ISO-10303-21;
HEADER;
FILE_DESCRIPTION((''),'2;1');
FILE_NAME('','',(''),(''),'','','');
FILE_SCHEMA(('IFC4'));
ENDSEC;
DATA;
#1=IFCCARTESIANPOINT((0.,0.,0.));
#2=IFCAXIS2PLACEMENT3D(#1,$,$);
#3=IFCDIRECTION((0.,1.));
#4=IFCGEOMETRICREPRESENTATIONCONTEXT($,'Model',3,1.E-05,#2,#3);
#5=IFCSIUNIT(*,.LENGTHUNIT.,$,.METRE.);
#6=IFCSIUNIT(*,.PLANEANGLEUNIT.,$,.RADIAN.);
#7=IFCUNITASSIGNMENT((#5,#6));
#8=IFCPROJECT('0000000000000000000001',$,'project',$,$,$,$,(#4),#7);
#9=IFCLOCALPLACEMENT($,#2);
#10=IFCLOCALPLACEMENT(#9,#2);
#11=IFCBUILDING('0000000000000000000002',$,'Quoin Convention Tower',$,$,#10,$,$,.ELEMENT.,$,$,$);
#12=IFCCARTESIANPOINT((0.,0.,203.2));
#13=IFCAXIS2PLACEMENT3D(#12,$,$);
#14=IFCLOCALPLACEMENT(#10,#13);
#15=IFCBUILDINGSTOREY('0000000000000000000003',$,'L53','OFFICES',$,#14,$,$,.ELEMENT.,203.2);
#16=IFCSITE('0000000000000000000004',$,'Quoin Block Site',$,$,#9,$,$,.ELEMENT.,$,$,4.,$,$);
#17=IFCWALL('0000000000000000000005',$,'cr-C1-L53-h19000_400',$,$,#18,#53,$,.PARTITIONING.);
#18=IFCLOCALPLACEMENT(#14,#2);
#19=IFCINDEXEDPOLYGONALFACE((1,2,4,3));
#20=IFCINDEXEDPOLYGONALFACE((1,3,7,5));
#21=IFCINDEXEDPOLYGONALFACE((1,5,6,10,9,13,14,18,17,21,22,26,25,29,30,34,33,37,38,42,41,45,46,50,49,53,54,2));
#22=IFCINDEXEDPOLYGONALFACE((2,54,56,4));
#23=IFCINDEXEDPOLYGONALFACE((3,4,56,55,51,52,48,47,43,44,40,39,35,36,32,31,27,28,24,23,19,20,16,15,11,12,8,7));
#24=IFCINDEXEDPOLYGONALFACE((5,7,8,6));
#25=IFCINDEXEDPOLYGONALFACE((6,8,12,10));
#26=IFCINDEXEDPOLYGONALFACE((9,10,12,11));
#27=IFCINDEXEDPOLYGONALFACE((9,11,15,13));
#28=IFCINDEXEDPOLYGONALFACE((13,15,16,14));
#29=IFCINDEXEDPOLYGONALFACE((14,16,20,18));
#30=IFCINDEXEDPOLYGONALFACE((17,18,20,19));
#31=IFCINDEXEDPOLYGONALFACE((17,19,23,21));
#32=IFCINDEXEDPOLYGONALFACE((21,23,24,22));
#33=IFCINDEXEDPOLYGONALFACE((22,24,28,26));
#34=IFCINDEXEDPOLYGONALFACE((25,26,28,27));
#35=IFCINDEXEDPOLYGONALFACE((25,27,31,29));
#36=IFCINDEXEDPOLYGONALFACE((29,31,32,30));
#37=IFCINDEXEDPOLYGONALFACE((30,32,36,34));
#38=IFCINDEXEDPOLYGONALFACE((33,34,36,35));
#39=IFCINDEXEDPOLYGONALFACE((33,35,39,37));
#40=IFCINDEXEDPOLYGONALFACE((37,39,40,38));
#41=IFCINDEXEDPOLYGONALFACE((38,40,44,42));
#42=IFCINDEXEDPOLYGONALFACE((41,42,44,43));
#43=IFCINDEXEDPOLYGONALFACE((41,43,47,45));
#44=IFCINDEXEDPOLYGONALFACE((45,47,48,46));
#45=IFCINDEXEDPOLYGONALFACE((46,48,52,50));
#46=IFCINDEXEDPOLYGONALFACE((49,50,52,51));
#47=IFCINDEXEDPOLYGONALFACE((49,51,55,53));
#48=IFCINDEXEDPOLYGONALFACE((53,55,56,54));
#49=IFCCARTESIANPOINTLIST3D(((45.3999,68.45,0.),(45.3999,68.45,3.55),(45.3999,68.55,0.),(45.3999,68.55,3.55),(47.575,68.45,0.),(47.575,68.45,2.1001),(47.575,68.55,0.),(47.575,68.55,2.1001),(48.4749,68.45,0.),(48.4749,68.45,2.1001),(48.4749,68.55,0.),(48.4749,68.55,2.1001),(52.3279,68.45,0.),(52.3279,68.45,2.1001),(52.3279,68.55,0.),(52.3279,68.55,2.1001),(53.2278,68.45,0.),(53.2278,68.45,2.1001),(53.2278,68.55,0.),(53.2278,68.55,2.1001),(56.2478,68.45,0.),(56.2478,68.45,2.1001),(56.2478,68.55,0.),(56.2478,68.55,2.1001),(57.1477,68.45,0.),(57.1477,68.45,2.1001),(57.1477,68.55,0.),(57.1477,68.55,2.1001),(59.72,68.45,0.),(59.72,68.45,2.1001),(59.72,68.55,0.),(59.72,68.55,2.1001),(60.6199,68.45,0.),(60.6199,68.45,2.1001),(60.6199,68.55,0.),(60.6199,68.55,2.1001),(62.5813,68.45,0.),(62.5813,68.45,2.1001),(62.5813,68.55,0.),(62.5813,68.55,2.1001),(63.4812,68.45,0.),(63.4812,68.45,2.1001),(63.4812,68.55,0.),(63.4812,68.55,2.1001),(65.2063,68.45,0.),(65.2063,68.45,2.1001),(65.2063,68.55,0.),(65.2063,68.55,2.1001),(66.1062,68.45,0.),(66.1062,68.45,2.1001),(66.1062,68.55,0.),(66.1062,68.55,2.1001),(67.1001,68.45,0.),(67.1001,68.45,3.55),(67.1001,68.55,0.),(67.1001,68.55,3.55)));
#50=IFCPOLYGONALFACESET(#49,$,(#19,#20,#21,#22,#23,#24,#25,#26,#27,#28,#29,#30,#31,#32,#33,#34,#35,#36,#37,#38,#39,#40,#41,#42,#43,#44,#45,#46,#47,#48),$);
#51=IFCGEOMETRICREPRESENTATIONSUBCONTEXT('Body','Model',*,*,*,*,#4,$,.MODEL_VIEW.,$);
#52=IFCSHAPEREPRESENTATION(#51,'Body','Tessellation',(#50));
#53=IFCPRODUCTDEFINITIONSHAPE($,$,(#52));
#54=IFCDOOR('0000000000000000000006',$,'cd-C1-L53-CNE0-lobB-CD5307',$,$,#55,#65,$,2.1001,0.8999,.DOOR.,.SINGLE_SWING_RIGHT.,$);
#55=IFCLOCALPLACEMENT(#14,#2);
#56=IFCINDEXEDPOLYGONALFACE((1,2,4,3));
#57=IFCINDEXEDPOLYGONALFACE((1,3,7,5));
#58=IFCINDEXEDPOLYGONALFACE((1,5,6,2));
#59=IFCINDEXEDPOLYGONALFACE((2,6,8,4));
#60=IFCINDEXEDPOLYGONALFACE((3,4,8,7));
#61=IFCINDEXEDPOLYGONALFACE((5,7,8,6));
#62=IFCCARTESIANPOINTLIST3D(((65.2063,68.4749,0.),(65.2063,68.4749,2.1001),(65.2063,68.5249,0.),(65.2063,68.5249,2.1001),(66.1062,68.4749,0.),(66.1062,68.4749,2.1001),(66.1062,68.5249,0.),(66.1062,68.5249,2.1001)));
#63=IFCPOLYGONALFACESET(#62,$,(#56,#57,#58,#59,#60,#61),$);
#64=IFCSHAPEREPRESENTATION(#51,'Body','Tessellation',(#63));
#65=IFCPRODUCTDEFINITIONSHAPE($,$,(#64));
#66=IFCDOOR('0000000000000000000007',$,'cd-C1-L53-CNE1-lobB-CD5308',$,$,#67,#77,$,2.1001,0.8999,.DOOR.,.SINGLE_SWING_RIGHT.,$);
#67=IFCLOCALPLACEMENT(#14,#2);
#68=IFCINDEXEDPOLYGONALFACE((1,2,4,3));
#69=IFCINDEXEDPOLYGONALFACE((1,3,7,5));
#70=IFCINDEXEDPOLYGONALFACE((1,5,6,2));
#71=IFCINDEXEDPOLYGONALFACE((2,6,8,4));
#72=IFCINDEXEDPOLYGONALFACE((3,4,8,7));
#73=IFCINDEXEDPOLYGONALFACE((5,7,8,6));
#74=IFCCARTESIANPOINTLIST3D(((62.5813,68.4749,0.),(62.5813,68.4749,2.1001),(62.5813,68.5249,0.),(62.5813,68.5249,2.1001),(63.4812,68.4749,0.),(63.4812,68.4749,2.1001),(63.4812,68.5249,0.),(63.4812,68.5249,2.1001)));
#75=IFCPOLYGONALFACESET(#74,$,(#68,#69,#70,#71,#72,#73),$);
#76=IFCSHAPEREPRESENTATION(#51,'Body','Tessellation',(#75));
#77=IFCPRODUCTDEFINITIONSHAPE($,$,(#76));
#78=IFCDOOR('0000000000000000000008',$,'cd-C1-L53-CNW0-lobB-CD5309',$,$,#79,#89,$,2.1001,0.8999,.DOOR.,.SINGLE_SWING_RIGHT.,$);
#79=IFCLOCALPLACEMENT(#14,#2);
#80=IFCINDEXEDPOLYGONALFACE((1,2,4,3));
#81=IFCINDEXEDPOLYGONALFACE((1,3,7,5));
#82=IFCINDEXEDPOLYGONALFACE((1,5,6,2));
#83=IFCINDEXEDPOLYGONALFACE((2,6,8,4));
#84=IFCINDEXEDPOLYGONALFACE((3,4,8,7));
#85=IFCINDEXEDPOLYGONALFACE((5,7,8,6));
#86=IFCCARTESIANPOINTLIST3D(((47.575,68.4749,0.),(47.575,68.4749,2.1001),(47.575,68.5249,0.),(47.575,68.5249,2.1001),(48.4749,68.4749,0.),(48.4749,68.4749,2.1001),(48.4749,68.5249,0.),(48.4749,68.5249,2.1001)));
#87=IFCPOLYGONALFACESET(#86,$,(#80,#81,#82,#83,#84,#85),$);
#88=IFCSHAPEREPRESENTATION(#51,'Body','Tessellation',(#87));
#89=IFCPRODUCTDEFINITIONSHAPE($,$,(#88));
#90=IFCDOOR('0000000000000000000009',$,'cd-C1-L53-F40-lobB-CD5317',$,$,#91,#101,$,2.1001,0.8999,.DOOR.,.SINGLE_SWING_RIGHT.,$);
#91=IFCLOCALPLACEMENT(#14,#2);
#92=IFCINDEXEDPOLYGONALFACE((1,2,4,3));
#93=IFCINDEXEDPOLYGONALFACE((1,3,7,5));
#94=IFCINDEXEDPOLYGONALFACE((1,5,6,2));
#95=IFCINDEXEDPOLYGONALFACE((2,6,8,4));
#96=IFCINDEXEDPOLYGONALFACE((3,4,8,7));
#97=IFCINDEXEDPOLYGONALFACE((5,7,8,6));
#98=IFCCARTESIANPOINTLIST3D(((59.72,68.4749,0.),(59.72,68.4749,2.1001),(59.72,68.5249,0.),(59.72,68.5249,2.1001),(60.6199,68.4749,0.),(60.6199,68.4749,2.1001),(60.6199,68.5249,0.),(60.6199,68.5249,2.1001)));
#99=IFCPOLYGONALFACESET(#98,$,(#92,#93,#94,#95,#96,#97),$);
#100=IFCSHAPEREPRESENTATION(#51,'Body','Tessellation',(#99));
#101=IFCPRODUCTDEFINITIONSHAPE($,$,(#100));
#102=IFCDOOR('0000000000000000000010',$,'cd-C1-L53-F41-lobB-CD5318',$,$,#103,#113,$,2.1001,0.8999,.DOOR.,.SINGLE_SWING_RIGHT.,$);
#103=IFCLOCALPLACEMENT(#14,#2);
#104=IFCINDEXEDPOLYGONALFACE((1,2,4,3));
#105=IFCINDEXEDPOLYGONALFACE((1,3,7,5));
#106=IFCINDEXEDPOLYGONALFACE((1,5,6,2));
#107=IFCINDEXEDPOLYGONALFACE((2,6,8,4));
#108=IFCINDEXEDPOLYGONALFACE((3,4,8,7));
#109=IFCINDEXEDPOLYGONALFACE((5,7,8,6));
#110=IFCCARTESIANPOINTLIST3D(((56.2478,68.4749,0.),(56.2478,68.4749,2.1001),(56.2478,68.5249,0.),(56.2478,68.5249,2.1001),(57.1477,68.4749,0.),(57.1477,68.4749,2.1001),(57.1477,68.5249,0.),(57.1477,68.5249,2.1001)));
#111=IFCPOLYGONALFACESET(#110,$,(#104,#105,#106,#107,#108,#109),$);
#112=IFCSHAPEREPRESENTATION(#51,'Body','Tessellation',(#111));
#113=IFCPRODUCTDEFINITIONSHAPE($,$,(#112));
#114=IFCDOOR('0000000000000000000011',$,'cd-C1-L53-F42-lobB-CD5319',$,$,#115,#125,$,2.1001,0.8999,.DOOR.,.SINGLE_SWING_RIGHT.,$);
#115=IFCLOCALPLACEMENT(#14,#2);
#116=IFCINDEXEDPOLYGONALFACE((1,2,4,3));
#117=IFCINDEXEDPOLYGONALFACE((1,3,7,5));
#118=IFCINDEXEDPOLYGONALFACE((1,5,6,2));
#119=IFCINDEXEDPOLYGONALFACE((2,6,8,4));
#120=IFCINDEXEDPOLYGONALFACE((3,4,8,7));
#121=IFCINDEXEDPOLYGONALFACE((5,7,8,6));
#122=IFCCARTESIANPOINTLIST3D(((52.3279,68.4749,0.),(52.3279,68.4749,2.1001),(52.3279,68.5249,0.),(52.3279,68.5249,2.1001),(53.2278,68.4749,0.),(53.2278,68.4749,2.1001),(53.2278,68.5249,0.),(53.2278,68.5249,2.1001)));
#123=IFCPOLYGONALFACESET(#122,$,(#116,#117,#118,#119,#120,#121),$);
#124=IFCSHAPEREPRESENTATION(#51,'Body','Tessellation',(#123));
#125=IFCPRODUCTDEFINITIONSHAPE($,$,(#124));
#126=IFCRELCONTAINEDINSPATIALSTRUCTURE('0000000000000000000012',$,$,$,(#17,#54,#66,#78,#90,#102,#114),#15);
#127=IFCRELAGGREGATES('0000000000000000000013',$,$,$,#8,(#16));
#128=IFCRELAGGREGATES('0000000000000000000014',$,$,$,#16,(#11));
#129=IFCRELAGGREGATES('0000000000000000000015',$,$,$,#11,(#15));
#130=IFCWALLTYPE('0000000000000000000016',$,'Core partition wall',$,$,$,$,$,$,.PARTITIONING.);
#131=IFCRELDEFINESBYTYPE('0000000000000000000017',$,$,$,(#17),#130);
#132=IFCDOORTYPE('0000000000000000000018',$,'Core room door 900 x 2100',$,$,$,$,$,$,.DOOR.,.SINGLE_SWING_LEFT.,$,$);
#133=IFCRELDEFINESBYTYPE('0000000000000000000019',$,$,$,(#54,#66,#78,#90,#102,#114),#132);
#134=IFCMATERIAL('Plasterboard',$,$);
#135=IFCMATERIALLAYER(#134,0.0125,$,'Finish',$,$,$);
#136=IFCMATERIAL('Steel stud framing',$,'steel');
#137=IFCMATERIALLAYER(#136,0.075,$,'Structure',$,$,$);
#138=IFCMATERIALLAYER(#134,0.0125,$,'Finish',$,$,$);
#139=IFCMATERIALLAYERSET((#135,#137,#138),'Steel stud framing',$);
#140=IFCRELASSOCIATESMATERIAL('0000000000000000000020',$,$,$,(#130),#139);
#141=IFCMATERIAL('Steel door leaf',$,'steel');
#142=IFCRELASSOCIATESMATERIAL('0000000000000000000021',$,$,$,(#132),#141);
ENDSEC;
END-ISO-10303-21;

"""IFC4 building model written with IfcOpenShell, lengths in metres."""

from ifc_helpers import new_model, si_unit, direction, frame, frame_2d, origin, place, context, subcontext, project, spatial, rectangle, extrude, material, layer, layer_set, type_object, element, fill, save


model = new_model("IFC4")

# Units and contexts
model_context = context("Model", 3, precision=1e-05, world=origin(), true_north=direction((0.0, 1.0)))
body_context = subcontext(model_context, "Body", "Model", "MODEL_VIEW")
ifc_project = project(units=[si_unit("LENGTHUNIT", "METRE"), si_unit("PLANEANGLEUNIT", "RADIAN")], contexts=[model_context])

# Site, building, storey
site_placement = place(None, origin())
site = spatial("IfcSite", under=ifc_project, at=site_placement, Name="Quoin Block Site", CompositionType="ELEMENT", RefElevation=4.0)
building_placement = place(site_placement, origin())
building = spatial("IfcBuilding", under=site, at=building_placement, Name="Quoin Convention Tower", CompositionType="ELEMENT")
storey_placement = place(building_placement, frame((0.0, 0.0, 203.2)))
storey = spatial("IfcBuildingStorey", under=building, at=storey_placement, Name="L53", Description="OFFICES", CompositionType="ELEMENT", Elevation=203.2)

# Wall, openings, doors
ifc_material_1 = material(Name="Plasterboard")
ifc_layer_1 = layer(ifc_material_1, 0.0125, Name="Finish")
ifc_material_2 = material(Name="Steel stud framing", Category="steel")
ifc_layer_2 = layer(ifc_material_2, 0.075, Name="Structure")
ifc_layer_3 = layer(ifc_material_1, 0.0125, Name="Finish")
ifc_layer_set_1 = layer_set([ifc_layer_1, ifc_layer_2, ifc_layer_3], Name="Steel stud framing")
wall_type_1 = type_object("IfcWallType", Name="Core partition wall", PredefinedType="PARTITIONING", material=ifc_layer_set_1)
wall_1_placement = place(storey_placement, frame((45.3999, 68.5, 0.0), z_axis=(0.0, 0.0, 1.0), x_axis=(1.0, 0.0, 0.0)))
wall_1 = element("IfcWall", 1, at=wall_1_placement, inside=storey, type_object=wall_type_1, Name="cr-C1-L53-h19000_400", PredefinedType="PARTITIONING", context=body_context, shape_type="SweptSolid", body=[
    extrude(rectangle(XDim=21.7002, YDim=0.1001, at=frame_2d((10.8501, 0.0))), origin(), (0.0, 0.0, 1.0), 3.55),
])
opening_1_placement = place(wall_1_placement, frame((19.8064, 0.0, 0.0)))
opening_1 = element("IfcOpeningElement", 2, at=opening_1_placement, cuts=wall_1, PredefinedType="OPENING", context=body_context, shape_type="SweptSolid", body=[
    extrude(rectangle(XDim=0.8999, YDim=2.1001, at=frame_2d((0.45, 1.05))), frame((0.0, 0.0601, 0.0), z_axis=(0.0, -1.0, 0.0), x_axis=(1.0, 0.0, 0.0)), (0.0, 0.0, 1.0), 0.1201),
])
opening_2_placement = place(wall_1_placement, frame((17.1814, 0.0, 0.0)))
opening_2 = element("IfcOpeningElement", 3, at=opening_2_placement, cuts=wall_1, PredefinedType="OPENING", context=body_context, shape_type="SweptSolid", body=[
    extrude(rectangle(XDim=0.8999, YDim=2.1001, at=frame_2d((0.45, 1.05))), frame((0.0, 0.0601, 0.0), z_axis=(0.0, -1.0, 0.0), x_axis=(1.0, 0.0, 0.0)), (0.0, 0.0, 1.0), 0.1201),
])
opening_3_placement = place(wall_1_placement, frame((2.175, 0.0, 0.0)))
opening_3 = element("IfcOpeningElement", 4, at=opening_3_placement, cuts=wall_1, PredefinedType="OPENING", context=body_context, shape_type="SweptSolid", body=[
    extrude(rectangle(XDim=0.8999, YDim=2.1001, at=frame_2d((0.45, 1.05))), frame((0.0, 0.0601, 0.0), z_axis=(0.0, -1.0, 0.0), x_axis=(1.0, 0.0, 0.0)), (0.0, 0.0, 1.0), 0.1201),
])
opening_4_placement = place(wall_1_placement, frame((14.3201, 0.0, 0.0)))
opening_4 = element("IfcOpeningElement", 5, at=opening_4_placement, cuts=wall_1, PredefinedType="OPENING", context=body_context, shape_type="SweptSolid", body=[
    extrude(rectangle(XDim=0.8999, YDim=2.1001, at=frame_2d((0.45, 1.05))), frame((0.0, 0.0601, 0.0), z_axis=(0.0, -1.0, 0.0), x_axis=(1.0, 0.0, 0.0)), (0.0, 0.0, 1.0), 0.1201),
])
opening_5_placement = place(wall_1_placement, frame((10.8479, 0.0, 0.0)))
opening_5 = element("IfcOpeningElement", 6, at=opening_5_placement, cuts=wall_1, PredefinedType="OPENING", context=body_context, shape_type="SweptSolid", body=[
    extrude(rectangle(XDim=0.8999, YDim=2.1001, at=frame_2d((0.45, 1.05))), frame((0.0, 0.0601, 0.0), z_axis=(0.0, -1.0, 0.0), x_axis=(1.0, 0.0, 0.0)), (0.0, 0.0, 1.0), 0.1201),
])
opening_6_placement = place(wall_1_placement, frame((6.928, 0.0, 0.0)))
opening_6 = element("IfcOpeningElement", 7, at=opening_6_placement, cuts=wall_1, PredefinedType="OPENING", context=body_context, shape_type="SweptSolid", body=[
    extrude(rectangle(XDim=0.8999, YDim=2.1001, at=frame_2d((0.45, 1.05))), frame((0.0, 0.0601, 0.0), z_axis=(0.0, -1.0, 0.0), x_axis=(1.0, 0.0, 0.0)), (0.0, 0.0, 1.0), 0.1201),
])
ifc_material_3 = material(Name="Steel door leaf", Category="steel")
door_type_1 = type_object("IfcDoorType", Name="Core room door 900 x 2100", OperationType="SINGLE_SWING_LEFT", PredefinedType="DOOR", material=ifc_material_3)
door_1_placement = place(opening_1_placement, origin())
door_1 = element("IfcDoor", 8, at=door_1_placement, inside=storey, type_object=door_type_1, Name="cd-C1-L53-CNE0-lobB-CD5307", OperationType="SINGLE_SWING_RIGHT", OverallHeight=2.1001, OverallWidth=0.8999, PredefinedType="DOOR", context=body_context, shape_type="SweptSolid", body=[
    extrude(rectangle(XDim=0.8999, YDim=2.1001, at=frame_2d((0.45, 1.05))), frame((0.0, 0.0249, 0.0), z_axis=(0.0, -1.0, 0.0), x_axis=(1.0, 0.0, 0.0)), (0.0, 0.0, 1.0), 0.05),
])
fill(opening_1, door_1)
door_2_placement = place(opening_2_placement, origin())
door_2 = element("IfcDoor", 9, at=door_2_placement, inside=storey, type_object=door_type_1, Name="cd-C1-L53-CNE1-lobB-CD5308", OperationType="SINGLE_SWING_RIGHT", OverallHeight=2.1001, OverallWidth=0.8999, PredefinedType="DOOR", context=body_context, shape_type="SweptSolid", body=[
    extrude(rectangle(XDim=0.8999, YDim=2.1001, at=frame_2d((0.45, 1.05))), frame((0.0, 0.0249, 0.0), z_axis=(0.0, -1.0, 0.0), x_axis=(1.0, 0.0, 0.0)), (0.0, 0.0, 1.0), 0.05),
])
fill(opening_2, door_2)
door_3_placement = place(opening_3_placement, origin())
door_3 = element("IfcDoor", 10, at=door_3_placement, inside=storey, type_object=door_type_1, Name="cd-C1-L53-CNW0-lobB-CD5309", OperationType="SINGLE_SWING_RIGHT", OverallHeight=2.1001, OverallWidth=0.8999, PredefinedType="DOOR", context=body_context, shape_type="SweptSolid", body=[
    extrude(rectangle(XDim=0.8999, YDim=2.1001, at=frame_2d((0.45, 1.05))), frame((0.0, 0.0249, 0.0), z_axis=(0.0, -1.0, 0.0), x_axis=(1.0, 0.0, 0.0)), (0.0, 0.0, 1.0), 0.05),
])
fill(opening_3, door_3)
door_4_placement = place(opening_4_placement, origin())
door_4 = element("IfcDoor", 11, at=door_4_placement, inside=storey, type_object=door_type_1, Name="cd-C1-L53-F40-lobB-CD5317", OperationType="SINGLE_SWING_RIGHT", OverallHeight=2.1001, OverallWidth=0.8999, PredefinedType="DOOR", context=body_context, shape_type="SweptSolid", body=[
    extrude(rectangle(XDim=0.8999, YDim=2.1001, at=frame_2d((0.45, 1.05))), frame((0.0, 0.0249, 0.0), z_axis=(0.0, -1.0, 0.0), x_axis=(1.0, 0.0, 0.0)), (0.0, 0.0, 1.0), 0.05),
])
fill(opening_4, door_4)
door_5_placement = place(opening_5_placement, origin())
door_5 = element("IfcDoor", 12, at=door_5_placement, inside=storey, type_object=door_type_1, Name="cd-C1-L53-F41-lobB-CD5318", OperationType="SINGLE_SWING_RIGHT", OverallHeight=2.1001, OverallWidth=0.8999, PredefinedType="DOOR", context=body_context, shape_type="SweptSolid", body=[
    extrude(rectangle(XDim=0.8999, YDim=2.1001, at=frame_2d((0.45, 1.05))), frame((0.0, 0.0249, 0.0), z_axis=(0.0, -1.0, 0.0), x_axis=(1.0, 0.0, 0.0)), (0.0, 0.0, 1.0), 0.05),
])
fill(opening_5, door_5)
door_6_placement = place(opening_6_placement, origin())
door_6 = element("IfcDoor", 13, at=door_6_placement, inside=storey, type_object=door_type_1, Name="cd-C1-L53-F42-lobB-CD5319", OperationType="SINGLE_SWING_RIGHT", OverallHeight=2.1001, OverallWidth=0.8999, PredefinedType="DOOR", context=body_context, shape_type="SweptSolid", body=[
    extrude(rectangle(XDim=0.8999, YDim=2.1001, at=frame_2d((0.45, 1.05))), frame((0.0, 0.0249, 0.0), z_axis=(0.0, -1.0, 0.0), x_axis=(1.0, 0.0, 0.0)), (0.0, 0.0, 1.0), 0.05),
])
fill(opening_6, door_6)

save(model, "model.ifc")
